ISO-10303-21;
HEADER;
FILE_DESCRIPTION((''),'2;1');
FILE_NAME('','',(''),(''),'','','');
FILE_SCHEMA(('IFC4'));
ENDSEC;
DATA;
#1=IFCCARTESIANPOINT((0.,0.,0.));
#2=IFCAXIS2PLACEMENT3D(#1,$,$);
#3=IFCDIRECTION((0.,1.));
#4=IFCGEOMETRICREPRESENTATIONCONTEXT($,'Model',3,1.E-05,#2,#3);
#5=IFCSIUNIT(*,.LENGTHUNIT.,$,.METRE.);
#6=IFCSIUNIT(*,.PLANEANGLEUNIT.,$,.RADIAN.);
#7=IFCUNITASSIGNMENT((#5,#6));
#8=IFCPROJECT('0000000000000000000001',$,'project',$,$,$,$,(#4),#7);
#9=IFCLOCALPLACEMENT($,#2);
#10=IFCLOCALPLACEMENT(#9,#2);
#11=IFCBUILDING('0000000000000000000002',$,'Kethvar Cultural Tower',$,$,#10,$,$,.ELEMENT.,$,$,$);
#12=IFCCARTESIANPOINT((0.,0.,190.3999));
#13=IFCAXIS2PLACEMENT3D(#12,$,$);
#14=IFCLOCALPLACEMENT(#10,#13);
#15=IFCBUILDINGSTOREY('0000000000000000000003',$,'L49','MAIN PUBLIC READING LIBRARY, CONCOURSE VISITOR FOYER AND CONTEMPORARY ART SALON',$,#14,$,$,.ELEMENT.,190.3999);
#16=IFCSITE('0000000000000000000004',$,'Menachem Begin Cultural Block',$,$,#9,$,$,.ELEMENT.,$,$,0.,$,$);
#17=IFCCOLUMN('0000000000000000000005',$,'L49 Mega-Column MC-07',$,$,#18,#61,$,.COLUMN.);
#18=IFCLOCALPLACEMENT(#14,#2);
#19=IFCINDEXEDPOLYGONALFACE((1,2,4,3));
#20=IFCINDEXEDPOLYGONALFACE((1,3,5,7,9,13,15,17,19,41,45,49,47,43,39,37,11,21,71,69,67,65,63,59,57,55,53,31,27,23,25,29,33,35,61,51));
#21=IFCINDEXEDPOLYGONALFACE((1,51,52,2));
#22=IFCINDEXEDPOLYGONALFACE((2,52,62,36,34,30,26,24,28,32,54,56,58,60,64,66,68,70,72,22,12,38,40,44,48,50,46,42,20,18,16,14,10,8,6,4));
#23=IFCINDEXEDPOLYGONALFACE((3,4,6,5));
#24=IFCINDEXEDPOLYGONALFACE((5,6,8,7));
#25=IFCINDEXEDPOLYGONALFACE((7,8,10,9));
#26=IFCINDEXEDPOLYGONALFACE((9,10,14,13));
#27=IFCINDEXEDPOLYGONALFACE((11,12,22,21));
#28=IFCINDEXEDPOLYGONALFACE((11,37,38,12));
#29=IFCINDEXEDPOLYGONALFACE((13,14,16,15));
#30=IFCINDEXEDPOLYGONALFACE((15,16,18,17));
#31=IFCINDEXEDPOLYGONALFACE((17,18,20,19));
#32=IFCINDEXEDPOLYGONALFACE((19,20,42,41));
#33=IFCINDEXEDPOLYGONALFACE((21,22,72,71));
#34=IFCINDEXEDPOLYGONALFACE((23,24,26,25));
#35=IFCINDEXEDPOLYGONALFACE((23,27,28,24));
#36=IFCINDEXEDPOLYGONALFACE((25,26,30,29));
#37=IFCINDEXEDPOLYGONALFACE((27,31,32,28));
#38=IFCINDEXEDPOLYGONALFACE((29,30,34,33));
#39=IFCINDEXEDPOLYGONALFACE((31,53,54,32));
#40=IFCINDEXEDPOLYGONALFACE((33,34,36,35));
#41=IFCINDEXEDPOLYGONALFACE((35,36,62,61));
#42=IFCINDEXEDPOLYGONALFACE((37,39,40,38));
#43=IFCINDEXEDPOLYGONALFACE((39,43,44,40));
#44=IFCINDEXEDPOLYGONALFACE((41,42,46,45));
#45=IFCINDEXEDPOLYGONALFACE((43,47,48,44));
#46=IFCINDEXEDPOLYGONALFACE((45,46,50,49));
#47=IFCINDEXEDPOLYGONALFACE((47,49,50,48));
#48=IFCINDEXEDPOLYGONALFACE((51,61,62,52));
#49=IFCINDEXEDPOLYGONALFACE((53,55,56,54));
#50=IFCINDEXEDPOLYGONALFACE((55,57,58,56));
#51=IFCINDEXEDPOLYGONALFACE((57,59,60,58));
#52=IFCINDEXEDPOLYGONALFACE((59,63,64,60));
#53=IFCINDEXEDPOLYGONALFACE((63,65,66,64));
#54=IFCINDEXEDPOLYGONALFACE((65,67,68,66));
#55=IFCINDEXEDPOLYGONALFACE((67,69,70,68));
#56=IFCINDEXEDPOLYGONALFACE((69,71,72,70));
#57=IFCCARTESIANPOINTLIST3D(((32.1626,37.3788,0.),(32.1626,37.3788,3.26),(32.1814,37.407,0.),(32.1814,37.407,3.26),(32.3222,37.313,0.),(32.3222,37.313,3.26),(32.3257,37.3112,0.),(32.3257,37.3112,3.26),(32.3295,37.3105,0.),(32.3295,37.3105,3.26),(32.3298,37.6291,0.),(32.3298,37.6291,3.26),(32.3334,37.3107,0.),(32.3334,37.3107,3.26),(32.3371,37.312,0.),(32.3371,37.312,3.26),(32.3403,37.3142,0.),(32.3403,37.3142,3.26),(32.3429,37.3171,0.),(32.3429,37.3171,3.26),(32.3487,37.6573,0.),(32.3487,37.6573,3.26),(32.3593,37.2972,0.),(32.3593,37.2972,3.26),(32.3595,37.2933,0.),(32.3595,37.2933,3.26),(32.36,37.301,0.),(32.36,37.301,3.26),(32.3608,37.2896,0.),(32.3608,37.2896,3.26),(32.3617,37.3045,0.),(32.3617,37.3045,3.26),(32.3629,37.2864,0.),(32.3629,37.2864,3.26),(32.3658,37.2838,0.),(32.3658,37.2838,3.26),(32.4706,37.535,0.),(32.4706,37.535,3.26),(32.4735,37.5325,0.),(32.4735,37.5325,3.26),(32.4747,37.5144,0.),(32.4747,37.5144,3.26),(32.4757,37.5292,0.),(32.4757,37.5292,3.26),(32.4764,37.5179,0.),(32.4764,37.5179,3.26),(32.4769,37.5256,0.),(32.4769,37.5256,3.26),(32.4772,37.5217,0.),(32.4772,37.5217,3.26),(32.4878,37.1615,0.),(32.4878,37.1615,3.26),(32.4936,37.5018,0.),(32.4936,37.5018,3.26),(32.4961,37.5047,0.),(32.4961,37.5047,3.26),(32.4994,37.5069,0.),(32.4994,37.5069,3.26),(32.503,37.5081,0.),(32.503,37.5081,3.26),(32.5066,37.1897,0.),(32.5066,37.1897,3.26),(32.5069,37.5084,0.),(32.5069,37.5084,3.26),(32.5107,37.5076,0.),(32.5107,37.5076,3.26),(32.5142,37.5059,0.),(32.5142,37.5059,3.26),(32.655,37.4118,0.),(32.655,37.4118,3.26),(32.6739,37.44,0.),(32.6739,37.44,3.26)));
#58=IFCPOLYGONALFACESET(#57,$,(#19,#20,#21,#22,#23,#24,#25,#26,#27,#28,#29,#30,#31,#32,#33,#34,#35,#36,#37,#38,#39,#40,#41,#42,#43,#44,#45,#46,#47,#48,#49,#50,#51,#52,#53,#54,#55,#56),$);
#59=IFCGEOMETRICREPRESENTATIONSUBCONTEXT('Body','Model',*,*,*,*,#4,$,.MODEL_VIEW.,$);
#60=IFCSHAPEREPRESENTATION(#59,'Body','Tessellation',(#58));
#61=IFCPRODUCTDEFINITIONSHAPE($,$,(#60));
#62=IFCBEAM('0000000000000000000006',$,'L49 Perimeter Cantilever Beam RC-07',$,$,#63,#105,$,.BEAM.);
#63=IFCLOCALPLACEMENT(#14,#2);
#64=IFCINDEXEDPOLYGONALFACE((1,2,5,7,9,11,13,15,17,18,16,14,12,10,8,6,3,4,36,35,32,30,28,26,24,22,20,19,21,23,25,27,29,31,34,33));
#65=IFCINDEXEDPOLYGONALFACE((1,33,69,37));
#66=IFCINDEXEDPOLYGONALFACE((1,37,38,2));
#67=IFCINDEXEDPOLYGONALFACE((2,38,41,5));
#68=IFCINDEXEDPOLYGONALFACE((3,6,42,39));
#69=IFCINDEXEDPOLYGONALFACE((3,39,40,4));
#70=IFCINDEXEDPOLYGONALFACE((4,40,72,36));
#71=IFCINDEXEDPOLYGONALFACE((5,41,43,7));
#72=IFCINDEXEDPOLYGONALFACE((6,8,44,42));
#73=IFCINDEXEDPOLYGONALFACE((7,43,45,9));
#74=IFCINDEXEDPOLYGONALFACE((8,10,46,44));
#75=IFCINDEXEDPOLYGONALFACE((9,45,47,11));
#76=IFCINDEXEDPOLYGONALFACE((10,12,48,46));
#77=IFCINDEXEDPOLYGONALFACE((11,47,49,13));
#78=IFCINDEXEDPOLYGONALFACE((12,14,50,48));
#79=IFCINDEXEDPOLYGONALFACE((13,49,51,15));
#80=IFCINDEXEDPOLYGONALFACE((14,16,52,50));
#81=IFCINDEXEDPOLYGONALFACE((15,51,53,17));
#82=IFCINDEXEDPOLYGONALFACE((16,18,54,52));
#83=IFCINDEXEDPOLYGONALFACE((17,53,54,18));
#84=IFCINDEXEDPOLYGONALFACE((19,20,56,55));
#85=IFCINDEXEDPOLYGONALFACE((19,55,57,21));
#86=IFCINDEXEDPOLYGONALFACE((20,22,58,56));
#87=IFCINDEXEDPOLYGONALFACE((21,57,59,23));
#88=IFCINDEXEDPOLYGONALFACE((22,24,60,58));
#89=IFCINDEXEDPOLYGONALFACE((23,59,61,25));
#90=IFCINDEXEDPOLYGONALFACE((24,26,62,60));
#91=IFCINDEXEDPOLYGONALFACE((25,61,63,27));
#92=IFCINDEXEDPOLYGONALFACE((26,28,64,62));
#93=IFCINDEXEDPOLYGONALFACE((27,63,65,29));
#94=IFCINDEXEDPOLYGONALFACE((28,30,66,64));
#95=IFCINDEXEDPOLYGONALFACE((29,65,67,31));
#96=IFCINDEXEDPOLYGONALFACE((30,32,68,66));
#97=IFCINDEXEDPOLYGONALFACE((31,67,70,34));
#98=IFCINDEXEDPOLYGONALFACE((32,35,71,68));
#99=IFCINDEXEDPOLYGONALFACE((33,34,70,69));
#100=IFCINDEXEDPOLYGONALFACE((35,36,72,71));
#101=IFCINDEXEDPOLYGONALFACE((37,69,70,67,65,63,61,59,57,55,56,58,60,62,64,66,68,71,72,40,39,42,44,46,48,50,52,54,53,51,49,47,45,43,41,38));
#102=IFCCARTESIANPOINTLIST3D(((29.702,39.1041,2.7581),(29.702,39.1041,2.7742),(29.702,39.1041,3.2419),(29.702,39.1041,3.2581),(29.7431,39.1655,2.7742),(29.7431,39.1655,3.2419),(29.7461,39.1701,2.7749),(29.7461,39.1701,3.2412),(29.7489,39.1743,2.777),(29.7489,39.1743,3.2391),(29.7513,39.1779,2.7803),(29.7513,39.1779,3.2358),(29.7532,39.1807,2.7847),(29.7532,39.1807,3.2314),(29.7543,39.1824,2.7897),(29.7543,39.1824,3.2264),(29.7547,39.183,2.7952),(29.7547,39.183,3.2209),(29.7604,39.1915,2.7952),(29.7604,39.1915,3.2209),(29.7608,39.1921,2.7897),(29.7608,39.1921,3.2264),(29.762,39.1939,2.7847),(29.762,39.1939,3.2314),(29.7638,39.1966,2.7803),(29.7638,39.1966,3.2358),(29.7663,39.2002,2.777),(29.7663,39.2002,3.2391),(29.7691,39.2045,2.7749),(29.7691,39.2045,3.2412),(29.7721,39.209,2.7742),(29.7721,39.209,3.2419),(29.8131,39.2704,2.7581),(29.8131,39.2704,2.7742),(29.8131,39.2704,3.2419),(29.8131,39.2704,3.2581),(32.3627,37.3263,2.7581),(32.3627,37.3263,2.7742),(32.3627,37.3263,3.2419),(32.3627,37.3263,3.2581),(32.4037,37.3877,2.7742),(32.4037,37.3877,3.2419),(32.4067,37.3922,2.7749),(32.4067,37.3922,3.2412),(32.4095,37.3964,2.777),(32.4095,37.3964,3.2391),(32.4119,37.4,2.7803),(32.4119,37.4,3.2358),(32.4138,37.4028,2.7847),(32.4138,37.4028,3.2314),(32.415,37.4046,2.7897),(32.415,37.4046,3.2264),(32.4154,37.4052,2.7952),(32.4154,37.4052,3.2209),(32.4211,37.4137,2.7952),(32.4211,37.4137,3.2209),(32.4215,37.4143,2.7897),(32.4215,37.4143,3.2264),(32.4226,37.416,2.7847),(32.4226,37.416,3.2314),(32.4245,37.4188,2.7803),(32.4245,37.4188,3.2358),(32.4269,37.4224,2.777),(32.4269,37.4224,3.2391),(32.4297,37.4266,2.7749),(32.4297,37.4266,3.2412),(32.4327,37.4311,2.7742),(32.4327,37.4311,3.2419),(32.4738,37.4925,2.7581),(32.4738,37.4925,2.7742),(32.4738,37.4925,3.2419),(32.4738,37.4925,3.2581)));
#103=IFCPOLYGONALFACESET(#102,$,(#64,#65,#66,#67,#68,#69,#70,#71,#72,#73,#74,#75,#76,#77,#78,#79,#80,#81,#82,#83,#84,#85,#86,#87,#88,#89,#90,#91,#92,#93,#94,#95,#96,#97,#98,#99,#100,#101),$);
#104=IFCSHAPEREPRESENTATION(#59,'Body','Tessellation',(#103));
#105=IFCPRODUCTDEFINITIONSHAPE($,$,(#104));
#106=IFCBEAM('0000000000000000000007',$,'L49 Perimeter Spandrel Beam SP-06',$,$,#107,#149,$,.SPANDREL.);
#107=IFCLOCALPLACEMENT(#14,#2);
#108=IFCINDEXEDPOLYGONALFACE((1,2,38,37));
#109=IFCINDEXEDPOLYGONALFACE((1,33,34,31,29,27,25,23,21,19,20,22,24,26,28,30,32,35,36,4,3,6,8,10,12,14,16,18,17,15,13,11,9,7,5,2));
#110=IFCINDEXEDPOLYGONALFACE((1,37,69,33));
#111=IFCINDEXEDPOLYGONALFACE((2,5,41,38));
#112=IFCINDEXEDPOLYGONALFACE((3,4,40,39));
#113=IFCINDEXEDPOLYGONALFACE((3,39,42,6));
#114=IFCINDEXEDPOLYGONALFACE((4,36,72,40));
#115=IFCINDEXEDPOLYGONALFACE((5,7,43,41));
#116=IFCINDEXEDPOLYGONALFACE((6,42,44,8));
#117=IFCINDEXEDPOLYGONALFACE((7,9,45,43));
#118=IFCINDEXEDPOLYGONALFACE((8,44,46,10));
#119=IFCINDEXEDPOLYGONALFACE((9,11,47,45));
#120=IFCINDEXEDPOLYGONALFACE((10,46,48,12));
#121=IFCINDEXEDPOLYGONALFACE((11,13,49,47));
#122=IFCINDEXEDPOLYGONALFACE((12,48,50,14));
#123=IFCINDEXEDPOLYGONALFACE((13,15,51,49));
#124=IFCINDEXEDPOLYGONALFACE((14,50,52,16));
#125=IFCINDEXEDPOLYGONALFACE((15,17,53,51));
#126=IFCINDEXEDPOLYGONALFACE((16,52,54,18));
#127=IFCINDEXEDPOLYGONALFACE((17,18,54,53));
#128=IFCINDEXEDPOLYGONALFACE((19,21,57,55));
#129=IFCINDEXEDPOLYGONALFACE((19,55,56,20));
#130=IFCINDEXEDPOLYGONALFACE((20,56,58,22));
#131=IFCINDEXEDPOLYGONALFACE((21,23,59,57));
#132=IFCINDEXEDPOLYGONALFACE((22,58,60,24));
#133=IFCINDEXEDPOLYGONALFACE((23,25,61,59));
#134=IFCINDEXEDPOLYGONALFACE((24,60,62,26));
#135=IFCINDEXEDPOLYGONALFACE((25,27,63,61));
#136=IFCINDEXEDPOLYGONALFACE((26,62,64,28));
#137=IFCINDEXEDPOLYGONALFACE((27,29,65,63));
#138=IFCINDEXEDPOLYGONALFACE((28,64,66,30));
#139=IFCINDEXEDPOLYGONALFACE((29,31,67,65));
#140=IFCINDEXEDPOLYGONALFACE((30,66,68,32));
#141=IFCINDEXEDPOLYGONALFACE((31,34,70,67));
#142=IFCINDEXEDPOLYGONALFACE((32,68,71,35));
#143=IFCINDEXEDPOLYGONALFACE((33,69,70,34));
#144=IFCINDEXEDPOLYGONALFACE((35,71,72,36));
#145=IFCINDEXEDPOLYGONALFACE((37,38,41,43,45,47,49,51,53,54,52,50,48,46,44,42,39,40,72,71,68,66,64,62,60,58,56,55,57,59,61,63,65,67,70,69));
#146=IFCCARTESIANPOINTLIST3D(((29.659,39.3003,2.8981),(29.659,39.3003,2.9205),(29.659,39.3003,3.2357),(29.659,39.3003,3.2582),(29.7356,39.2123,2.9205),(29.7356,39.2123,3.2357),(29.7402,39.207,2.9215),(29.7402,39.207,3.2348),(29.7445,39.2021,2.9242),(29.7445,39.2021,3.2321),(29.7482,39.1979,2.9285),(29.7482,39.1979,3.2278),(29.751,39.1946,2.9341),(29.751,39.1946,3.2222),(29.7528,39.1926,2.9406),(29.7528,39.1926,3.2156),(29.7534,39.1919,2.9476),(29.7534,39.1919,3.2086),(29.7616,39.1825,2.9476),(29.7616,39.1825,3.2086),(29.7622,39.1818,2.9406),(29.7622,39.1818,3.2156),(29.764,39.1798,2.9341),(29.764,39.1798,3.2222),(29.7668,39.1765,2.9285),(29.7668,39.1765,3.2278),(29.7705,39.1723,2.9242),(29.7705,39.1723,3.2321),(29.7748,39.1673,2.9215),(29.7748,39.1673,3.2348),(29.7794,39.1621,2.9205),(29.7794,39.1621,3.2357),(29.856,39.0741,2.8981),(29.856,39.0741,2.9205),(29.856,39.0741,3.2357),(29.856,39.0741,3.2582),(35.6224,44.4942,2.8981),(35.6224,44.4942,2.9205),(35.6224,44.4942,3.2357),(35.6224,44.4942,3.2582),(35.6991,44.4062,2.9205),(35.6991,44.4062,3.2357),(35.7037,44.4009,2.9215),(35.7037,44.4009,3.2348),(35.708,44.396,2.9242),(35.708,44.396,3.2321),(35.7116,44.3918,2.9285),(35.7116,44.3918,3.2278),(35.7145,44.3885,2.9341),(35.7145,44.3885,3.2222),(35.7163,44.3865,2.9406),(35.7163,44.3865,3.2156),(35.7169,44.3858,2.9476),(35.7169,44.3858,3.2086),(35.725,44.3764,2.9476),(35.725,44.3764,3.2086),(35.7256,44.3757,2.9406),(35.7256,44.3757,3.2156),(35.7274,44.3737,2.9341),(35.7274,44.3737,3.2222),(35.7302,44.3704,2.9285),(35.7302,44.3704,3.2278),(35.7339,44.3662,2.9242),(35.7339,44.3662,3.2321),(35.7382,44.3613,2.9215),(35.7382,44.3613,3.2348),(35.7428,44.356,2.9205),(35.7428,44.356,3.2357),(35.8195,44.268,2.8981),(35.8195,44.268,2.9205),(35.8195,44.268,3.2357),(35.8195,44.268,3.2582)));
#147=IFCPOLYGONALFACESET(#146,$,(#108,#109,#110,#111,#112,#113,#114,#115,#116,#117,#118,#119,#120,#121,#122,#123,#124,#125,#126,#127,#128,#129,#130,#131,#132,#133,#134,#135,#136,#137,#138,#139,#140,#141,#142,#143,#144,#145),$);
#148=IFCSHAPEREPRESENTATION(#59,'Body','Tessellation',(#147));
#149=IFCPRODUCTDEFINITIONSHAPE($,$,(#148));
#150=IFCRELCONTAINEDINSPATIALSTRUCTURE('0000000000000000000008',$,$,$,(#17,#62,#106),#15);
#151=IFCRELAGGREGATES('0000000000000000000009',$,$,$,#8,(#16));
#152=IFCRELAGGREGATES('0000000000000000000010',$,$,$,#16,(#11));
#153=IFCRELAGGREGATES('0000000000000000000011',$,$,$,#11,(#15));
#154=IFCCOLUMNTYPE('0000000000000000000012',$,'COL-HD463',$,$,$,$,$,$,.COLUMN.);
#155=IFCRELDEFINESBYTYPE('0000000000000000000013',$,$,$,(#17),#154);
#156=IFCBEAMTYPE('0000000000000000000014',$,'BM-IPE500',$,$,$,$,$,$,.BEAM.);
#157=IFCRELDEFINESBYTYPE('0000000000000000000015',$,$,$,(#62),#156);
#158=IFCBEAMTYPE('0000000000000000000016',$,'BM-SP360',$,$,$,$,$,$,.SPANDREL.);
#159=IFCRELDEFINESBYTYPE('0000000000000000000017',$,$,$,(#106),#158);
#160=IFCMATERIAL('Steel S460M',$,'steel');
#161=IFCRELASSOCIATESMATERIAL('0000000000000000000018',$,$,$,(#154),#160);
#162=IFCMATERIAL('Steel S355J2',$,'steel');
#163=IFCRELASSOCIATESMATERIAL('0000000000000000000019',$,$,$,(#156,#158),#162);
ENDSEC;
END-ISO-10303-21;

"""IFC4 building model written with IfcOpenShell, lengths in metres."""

from ifc_helpers import new_model, si_unit, direction, frame, origin, origin_2d, place, context, subcontext, project, spatial, i_section, extrude, source, transform, mapped, material, material_profile, profile_set, type_object, element, save


model = new_model("IFC4")

# Units and contexts
model_context = context("Model", 3, precision=1e-05, world=origin(), true_north=direction((0.0, 1.0)))
body_context = subcontext(model_context, "Body", "Model", "MODEL_VIEW")
ifc_project = project(units=[si_unit("LENGTHUNIT", "METRE"), si_unit("PLANEANGLEUNIT", "RADIAN")], contexts=[model_context])

# Site, building, storey
site_placement = place(None, origin())
site = spatial("IfcSite", under=ifc_project, at=site_placement, Name="Menachem Begin Cultural Block", CompositionType="ELEMENT", RefElevation=0.0)
building_placement = place(site_placement, origin())
building = spatial("IfcBuilding", under=site, at=building_placement, Name="Kethvar Cultural Tower", CompositionType="ELEMENT")
storey_placement = place(building_placement, frame((0.0, 0.0, 190.3999)))
storey = spatial("IfcBuildingStorey", under=building, at=storey_placement, Name="L49", Description="MAIN PUBLIC READING LIBRARY, CONCOURSE VISITOR FOYER AND CONTEMPORARY ART SALON", CompositionType="ELEMENT", Elevation=190.3999)

# Column
ifc_material_1 = material(Name="Steel S460M", Category="steel")
ifc_material_profile_1 = material_profile(ifc_material_1, i_section(OverallWidth=0.3911, OverallDepth=0.335, WebThickness=0.0227, FlangeThickness=0.0339, FilletRadius=0.0149, at=origin_2d()), Name="Steel S460M — HD400x463")
ifc_profile_set_1 = profile_set([ifc_material_profile_1], Name="Steel S460M — HD400x463")
column_type = type_object("IfcColumnType", Name="COL-HD463", PredefinedType="COLUMN", material=ifc_profile_set_1)
shared_shape_1 = source(origin(), body_context, "Body", "SweptSolid", [
    extrude(i_section(OverallWidth=0.3911, OverallDepth=0.335, WebThickness=0.0227, FlangeThickness=0.0339, FilletRadius=0.0149, at=origin_2d()), origin(), (0.0, 0.0, 1.0), 3.26),
])
column_placement = place(storey_placement, frame((32.4182, 37.4094, 0.0), z_axis=(0.0, 0.0, 1.0), x_axis=(-0.83147, 0.55557, 0.0)))
element("IfcColumn", 1, at=column_placement, inside=storey, type_object=column_type, Name="L49 Mega-Column MC-07", PredefinedType="COLUMN", context=body_context, shape_type="MappedRepresentation", body=[
    mapped(shared_shape_1, transform((0.0, 0.0, 0.0), scale=1.0)),
])

# Beams
ifc_material_2 = material(Name="Steel S355J2", Category="steel")
ifc_material_profile_2 = material_profile(ifc_material_2, i_section(OverallWidth=0.2, OverallDepth=0.5, WebThickness=0.0103, FlangeThickness=0.0161, FilletRadius=0.021, at=origin_2d()), Name="Steel S355J2 — IPE500")
ifc_profile_set_2 = profile_set([ifc_material_profile_2], Name="Steel S355J2 — IPE500")
beam_type_1 = type_object("IfcBeamType", Name="BM-IPE500", PredefinedType="BEAM", material=ifc_profile_set_2)
shared_shape_2 = source(origin(), body_context, "Body", "SweptSolid", [
    extrude(i_section(OverallWidth=0.2, OverallDepth=0.5, WebThickness=0.0103, FlangeThickness=0.0161, FilletRadius=0.021, at=origin_2d()), origin(), (0.0, 0.0, 1.0), 3.2),
])
beam_1_placement = place(storey_placement, frame((32.4182, 37.4094, 3.0081), z_axis=(-0.831463, 0.55558, 0.0), x_axis=(-0.55558, -0.831463, 0.0)))
element("IfcBeam", 2, at=beam_1_placement, inside=storey, type_object=beam_type_1, Name="L49 Perimeter Cantilever Beam RC-07", PredefinedType="BEAM", context=body_context, shape_type="MappedRepresentation", body=[
    mapped(shared_shape_2, transform((0.0, 0.0, 0.0), scale=1.0)),
])
ifc_material_profile_3 = material_profile(ifc_material_2, i_section(OverallWidth=0.3, OverallDepth=0.3601, WebThickness=0.0125, FlangeThickness=0.0225, FilletRadius=0.0271, at=origin_2d()), Name="Steel S355J2 — HEB360")
ifc_profile_set_3 = profile_set([ifc_material_profile_3], Name="Steel S355J2 — HEB360")
beam_type_2 = type_object("IfcBeamType", Name="BM-SP360", PredefinedType="SPANDREL", material=ifc_profile_set_3)
shared_shape_3 = source(origin(), body_context, "Body", "SweptSolid", [
    extrude(i_section(OverallWidth=0.3, OverallDepth=0.3601, WebThickness=0.0125, FlangeThickness=0.0225, FilletRadius=0.0271, at=origin_2d()), origin(), (0.0, 0.0, 1.0), 7.9082),
])
beam_2_placement = place(storey_placement, frame((35.7209, 44.3811, 3.0781), z_axis=(-0.754086, -0.656776, 0.0), x_axis=(0.656776, -0.754086, 0.0)))
element("IfcBeam", 3, at=beam_2_placement, inside=storey, type_object=beam_type_2, Name="L49 Perimeter Spandrel Beam SP-06", PredefinedType="SPANDREL", context=body_context, shape_type="MappedRepresentation", body=[
    mapped(shared_shape_3, transform((0.0, 0.0, 0.0), scale=1.0)),
])

save(model, "model.ifc")
